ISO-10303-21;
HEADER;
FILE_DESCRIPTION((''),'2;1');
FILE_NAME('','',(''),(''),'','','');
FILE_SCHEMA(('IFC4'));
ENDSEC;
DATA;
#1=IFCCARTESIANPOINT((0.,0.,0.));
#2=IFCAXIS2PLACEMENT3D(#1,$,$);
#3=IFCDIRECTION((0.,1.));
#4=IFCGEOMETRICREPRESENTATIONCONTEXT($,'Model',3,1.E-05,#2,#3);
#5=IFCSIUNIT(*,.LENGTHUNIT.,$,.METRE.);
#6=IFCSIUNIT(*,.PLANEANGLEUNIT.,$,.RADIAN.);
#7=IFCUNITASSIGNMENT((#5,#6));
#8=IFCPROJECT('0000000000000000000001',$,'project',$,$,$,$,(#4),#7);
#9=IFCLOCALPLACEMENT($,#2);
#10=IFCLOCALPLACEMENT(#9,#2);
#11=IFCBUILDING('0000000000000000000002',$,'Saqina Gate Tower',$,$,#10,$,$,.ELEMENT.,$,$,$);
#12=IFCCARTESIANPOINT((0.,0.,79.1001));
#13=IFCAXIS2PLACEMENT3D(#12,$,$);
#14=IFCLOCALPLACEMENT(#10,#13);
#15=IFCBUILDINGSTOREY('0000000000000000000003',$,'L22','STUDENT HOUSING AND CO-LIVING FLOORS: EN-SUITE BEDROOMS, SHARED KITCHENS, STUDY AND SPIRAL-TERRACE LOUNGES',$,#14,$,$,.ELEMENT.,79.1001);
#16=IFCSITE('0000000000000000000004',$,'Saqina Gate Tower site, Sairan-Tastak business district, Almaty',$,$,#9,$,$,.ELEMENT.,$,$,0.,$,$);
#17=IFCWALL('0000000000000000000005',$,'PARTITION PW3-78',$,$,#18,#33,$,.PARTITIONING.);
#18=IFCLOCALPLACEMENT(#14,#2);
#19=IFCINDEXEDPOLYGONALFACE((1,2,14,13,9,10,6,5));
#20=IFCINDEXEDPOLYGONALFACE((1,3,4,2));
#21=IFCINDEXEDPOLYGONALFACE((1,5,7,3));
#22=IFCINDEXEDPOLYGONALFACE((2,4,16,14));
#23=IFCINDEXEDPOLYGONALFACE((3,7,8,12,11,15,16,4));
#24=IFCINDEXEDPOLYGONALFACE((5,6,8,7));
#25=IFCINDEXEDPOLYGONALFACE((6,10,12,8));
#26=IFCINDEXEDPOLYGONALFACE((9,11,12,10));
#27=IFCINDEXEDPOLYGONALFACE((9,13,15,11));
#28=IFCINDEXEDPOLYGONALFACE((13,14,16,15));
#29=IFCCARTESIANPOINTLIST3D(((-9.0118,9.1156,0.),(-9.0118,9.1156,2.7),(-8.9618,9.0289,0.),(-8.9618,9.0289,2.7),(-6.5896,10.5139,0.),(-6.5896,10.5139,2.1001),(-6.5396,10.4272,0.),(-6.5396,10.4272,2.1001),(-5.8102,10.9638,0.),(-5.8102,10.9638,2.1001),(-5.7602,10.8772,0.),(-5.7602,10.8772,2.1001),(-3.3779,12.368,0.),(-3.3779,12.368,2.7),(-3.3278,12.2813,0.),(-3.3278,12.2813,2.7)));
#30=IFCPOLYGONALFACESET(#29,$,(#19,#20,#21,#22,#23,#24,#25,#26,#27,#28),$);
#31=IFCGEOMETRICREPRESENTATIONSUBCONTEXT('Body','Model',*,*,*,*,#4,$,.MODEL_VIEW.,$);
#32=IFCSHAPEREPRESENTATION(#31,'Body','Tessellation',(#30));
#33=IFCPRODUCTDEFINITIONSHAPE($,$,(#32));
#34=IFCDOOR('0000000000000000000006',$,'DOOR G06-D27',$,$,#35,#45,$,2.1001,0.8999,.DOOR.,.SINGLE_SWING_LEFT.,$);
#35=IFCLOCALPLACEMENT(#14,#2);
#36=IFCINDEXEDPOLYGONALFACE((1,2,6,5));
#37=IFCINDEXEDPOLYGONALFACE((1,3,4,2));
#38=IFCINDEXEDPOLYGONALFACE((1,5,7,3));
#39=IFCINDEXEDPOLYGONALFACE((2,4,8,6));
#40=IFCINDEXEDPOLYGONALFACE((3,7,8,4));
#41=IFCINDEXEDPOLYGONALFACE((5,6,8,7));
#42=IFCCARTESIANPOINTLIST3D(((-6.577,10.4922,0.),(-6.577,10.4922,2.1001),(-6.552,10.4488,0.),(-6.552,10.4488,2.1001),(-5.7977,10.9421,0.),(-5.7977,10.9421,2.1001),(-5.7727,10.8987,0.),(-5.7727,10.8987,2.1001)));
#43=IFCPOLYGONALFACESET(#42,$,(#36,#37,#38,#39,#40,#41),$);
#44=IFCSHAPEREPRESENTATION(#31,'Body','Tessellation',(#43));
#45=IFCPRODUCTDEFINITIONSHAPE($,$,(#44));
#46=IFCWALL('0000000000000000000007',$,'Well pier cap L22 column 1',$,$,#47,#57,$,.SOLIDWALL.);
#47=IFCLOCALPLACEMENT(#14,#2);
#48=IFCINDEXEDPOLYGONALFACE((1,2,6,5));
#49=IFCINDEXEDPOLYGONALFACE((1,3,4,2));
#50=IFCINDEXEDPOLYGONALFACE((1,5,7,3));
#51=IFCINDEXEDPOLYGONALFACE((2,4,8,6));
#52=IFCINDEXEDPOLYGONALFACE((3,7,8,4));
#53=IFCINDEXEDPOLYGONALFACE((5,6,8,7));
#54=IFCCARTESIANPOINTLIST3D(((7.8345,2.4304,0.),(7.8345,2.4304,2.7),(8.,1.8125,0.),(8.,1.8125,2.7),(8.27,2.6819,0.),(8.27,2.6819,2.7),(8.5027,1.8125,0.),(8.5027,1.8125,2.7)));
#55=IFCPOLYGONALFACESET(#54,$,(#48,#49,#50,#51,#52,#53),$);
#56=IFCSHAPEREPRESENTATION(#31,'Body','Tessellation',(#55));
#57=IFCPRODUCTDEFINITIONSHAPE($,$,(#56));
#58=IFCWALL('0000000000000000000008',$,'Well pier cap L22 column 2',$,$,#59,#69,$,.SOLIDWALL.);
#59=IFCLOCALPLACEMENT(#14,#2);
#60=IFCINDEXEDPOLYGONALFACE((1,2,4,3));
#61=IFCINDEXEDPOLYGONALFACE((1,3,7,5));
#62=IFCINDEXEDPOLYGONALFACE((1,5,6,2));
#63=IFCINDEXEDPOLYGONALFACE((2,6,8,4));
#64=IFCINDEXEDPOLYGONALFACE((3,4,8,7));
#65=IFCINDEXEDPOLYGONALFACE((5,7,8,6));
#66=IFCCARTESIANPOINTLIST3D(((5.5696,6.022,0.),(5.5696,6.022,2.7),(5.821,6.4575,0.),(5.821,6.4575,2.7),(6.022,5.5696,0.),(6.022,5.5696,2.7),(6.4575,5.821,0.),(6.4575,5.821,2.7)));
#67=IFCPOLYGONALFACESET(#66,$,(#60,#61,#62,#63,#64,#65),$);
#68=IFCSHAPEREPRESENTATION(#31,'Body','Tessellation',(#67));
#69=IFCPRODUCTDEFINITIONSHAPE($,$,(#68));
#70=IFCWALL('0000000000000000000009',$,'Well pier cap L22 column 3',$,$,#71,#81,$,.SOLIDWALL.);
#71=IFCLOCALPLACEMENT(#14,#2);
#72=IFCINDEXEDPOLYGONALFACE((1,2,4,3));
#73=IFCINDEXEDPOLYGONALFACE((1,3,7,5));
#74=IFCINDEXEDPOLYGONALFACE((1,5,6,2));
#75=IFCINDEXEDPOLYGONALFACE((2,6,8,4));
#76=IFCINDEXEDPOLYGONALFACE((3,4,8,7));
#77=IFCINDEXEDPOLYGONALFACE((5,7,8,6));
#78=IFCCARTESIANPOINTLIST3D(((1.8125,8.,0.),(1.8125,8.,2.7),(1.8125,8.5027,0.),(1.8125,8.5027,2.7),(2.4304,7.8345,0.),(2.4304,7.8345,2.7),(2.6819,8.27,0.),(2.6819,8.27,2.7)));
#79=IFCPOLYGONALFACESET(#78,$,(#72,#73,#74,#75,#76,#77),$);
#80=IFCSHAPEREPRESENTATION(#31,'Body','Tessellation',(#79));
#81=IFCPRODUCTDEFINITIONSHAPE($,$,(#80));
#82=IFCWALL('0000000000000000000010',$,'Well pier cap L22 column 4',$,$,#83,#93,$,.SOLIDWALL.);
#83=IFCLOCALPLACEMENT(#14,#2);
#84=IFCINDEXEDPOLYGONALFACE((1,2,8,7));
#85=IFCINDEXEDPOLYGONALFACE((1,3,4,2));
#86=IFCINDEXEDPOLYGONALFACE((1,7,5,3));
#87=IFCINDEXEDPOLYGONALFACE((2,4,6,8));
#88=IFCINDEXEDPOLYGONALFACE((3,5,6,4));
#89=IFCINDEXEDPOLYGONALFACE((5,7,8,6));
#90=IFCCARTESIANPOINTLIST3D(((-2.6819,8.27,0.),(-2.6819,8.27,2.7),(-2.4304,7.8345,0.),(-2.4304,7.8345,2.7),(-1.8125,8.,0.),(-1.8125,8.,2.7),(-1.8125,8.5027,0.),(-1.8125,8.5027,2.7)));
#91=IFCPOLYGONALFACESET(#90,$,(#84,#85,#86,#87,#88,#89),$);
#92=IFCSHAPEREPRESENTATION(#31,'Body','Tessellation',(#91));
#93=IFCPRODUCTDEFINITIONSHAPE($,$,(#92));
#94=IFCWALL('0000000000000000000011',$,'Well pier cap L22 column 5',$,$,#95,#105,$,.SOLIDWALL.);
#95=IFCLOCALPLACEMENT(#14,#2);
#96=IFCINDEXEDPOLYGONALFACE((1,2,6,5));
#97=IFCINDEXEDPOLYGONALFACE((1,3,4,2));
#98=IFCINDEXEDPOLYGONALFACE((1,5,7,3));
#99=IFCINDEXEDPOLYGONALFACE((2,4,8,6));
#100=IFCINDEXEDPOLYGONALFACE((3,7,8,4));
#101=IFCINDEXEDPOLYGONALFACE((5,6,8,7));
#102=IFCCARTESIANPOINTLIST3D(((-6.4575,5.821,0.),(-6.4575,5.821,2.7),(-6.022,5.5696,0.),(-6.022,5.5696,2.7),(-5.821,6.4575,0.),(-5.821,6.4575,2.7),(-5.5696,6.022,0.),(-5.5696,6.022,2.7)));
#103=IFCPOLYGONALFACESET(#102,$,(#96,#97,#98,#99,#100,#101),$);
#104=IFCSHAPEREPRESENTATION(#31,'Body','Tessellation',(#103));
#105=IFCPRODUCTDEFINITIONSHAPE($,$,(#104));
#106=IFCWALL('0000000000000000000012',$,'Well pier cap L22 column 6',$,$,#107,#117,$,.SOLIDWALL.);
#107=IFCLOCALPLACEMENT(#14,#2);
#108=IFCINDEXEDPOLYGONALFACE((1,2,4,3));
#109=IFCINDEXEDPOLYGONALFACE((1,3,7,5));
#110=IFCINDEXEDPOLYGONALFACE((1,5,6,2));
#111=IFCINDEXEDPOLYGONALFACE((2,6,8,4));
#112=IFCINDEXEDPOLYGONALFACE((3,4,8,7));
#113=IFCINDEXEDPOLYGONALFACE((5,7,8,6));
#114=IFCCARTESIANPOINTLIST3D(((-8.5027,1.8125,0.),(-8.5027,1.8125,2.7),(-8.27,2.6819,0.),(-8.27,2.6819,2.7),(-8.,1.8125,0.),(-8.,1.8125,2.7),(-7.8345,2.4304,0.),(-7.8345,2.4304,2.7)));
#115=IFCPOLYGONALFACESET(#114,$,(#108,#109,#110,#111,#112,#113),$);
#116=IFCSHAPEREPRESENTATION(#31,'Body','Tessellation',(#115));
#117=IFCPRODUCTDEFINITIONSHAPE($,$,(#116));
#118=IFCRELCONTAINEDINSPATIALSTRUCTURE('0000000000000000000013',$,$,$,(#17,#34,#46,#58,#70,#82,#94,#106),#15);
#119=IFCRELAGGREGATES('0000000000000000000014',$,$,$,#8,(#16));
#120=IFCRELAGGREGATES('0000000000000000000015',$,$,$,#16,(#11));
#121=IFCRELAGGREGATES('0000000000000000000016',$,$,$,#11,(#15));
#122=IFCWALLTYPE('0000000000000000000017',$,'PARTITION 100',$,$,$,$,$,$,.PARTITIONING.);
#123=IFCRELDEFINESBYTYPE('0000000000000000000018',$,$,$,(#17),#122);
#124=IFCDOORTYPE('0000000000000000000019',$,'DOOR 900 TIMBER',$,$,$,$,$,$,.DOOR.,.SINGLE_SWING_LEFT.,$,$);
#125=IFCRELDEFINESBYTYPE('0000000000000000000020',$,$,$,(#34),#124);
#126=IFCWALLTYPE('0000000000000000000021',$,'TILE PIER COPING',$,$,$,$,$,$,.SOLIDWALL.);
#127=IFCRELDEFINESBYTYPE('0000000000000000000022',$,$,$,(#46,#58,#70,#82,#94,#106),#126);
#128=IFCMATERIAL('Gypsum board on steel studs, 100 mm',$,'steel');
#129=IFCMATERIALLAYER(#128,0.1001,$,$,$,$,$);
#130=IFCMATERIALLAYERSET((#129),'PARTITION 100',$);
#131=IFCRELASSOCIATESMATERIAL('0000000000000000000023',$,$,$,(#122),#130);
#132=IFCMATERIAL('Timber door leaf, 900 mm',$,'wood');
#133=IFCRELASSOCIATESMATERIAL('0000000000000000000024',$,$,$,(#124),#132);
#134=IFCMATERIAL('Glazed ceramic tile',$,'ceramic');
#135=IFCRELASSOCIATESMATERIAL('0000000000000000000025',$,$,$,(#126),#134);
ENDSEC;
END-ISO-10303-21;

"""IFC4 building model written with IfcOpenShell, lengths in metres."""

from ifc_helpers import new_model, si_unit, direction, frame, frame_2d, origin, place, context, subcontext, project, spatial, polyline, rectangle, outline, extrude, material, layer, layer_set, type_object, element, fill, save


model = new_model("IFC4")

# Units and contexts
model_context = context("Model", 3, precision=1e-05, world=origin(), true_north=direction((0.0, 1.0)))
body_context = subcontext(model_context, "Body", "Model", "MODEL_VIEW")
ifc_project = project(units=[si_unit("LENGTHUNIT", "METRE"), si_unit("PLANEANGLEUNIT", "RADIAN")], contexts=[model_context])

# Site, building, storey
site_placement = place(None, origin())
site = spatial("IfcSite", under=ifc_project, at=site_placement, Name="Saqina Gate Tower site, Sairan-Tastak business district, Almaty", CompositionType="ELEMENT", RefElevation=0.0)
building_placement = place(site_placement, origin())
building = spatial("IfcBuilding", under=site, at=building_placement, Name="Saqina Gate Tower", CompositionType="ELEMENT")
storey_placement = place(building_placement, frame((0.0, 0.0, 79.1001)))
storey = spatial("IfcBuildingStorey", under=building, at=storey_placement, Name="L22", Description="STUDENT HOUSING AND CO-LIVING FLOORS: EN-SUITE BEDROOMS, SHARED KITCHENS, STUDY AND SPIRAL-TERRACE LOUNGES", CompositionType="ELEMENT", Elevation=79.1001)

# Shared definitions
ifc_material_1 = material(Name="Gypsum board on steel studs, 100 mm", Category="steel")
ifc_layer_1 = layer(ifc_material_1, 0.1001)
ifc_layer_set_1 = layer_set([ifc_layer_1], Name="PARTITION 100")
wall_type_1 = type_object("IfcWallType", Name="PARTITION 100", PredefinedType="PARTITIONING", material=ifc_layer_set_1)

# Wall, opening, door
ifc_material_2 = material(Name="Timber door leaf, 900 mm", Category="wood")
door_type = type_object("IfcDoorType", Name="DOOR 900 TIMBER", OperationType="SINGLE_SWING_LEFT", PredefinedType="DOOR", material=ifc_material_2)
wall_1_placement = place(storey_placement, frame((-8.9868, 9.0723, 0.0), z_axis=(0.0, 0.0, 1.0), x_axis=(0.86605, 0.499957, 0.0)))
wall_1 = element("IfcWall", 1, at=wall_1_placement, inside=storey, type_object=wall_type_1, Name="PARTITION PW3-78", PredefinedType="PARTITIONING", context=body_context, shape_type="SweptSolid", body=[
    extrude(rectangle(XDim=6.5054, YDim=0.1001, at=frame_2d((3.2527, 0.0))), origin(), (0.0, 0.0, 1.0), 2.7),
])
opening_1_placement = place(wall_1_placement, frame((2.7969, 0.0, 0.0)))
opening_1 = element("IfcOpeningElement", 2, at=opening_1_placement, cuts=wall_1, PredefinedType="OPENING", context=body_context, shape_type="SweptSolid", body=[
    extrude(rectangle(XDim=0.8999, YDim=2.1001, at=frame_2d((0.45, 1.05))), frame((0.0, 0.062, 0.0), z_axis=(0.0, -1.0, 0.0), x_axis=(1.0, 0.0, 0.0)), (0.0, 0.0, 1.0), 0.124),
])
door_1_placement = place(opening_1_placement, origin())
door_1 = element("IfcDoor", 3, at=door_1_placement, inside=storey, type_object=door_type, Name="DOOR G06-D27", OperationType="SINGLE_SWING_LEFT", OverallHeight=2.1001, OverallWidth=0.8999, PredefinedType="DOOR", context=body_context, shape_type="SweptSolid", body=[
    extrude(rectangle(XDim=0.8999, YDim=2.1001, at=frame_2d((0.45, 1.05))), frame((0.0, 0.0249, 0.0), z_axis=(0.0, -1.0, 0.0), x_axis=(1.0, 0.0, 0.0)), (0.0, 0.0, 1.0), 0.05),
])
fill(opening_1, door_1)

# Walls
ifc_material_3 = material(Name="Glazed ceramic tile", Category="ceramic")
wall_type_2 = type_object("IfcWallType", Name="TILE PIER COPING", PredefinedType="SOLIDWALL", material=ifc_material_3)
wall_2_placement = place(storey_placement, origin())
element("IfcWall", 4, at=wall_2_placement, inside=storey, type_object=wall_type_2, Name="Well pier cap L22 column 1", PredefinedType="SOLIDWALL", context=body_context, shape_type="SweptSolid", body=[
    extrude(outline(polyline([(8.27, 2.6819), (7.8345, 2.4304), (8.0, 1.8125), (8.5027, 1.8125), (8.27, 2.6819)])), origin(), (0.0, 0.0, 1.0), 2.7),
])
wall_3_placement = place(storey_placement, origin())
element("IfcWall", 5, at=wall_3_placement, inside=storey, type_object=wall_type_2, Name="Well pier cap L22 column 2", PredefinedType="SOLIDWALL", context=body_context, shape_type="SweptSolid", body=[
    extrude(outline(polyline([(5.821, 6.4575), (5.5696, 6.022), (6.022, 5.5696), (6.4575, 5.821), (5.821, 6.4575)])), origin(), (0.0, 0.0, 1.0), 2.7),
])
wall_4_placement = place(storey_placement, origin())
element("IfcWall", 6, at=wall_4_placement, inside=storey, type_object=wall_type_2, Name="Well pier cap L22 column 3", PredefinedType="SOLIDWALL", context=body_context, shape_type="SweptSolid", body=[
    extrude(outline(polyline([(1.8125, 8.5027), (1.8125, 8.0), (2.4304, 7.8345), (2.6819, 8.27), (1.8125, 8.5027)])), origin(), (0.0, 0.0, 1.0), 2.7),
])
wall_5_placement = place(storey_placement, origin())
element("IfcWall", 7, at=wall_5_placement, inside=storey, type_object=wall_type_2, Name="Well pier cap L22 column 4", PredefinedType="SOLIDWALL", context=body_context, shape_type="SweptSolid", body=[
    extrude(outline(polyline([(-2.6819, 8.27), (-2.4304, 7.8345), (-1.8125, 8.0), (-1.8125, 8.5027), (-2.6819, 8.27)])), origin(), (0.0, 0.0, 1.0), 2.7),
])
wall_6_placement = place(storey_placement, origin())
element("IfcWall", 8, at=wall_6_placement, inside=storey, type_object=wall_type_2, Name="Well pier cap L22 column 5", PredefinedType="SOLIDWALL", context=body_context, shape_type="SweptSolid", body=[
    extrude(outline(polyline([(-6.4575, 5.821), (-6.022, 5.5696), (-5.5696, 6.022), (-5.821, 6.4575), (-6.4575, 5.821)])), origin(), (0.0, 0.0, 1.0), 2.7),
])
wall_7_placement = place(storey_placement, origin())
element("IfcWall", 9, at=wall_7_placement, inside=storey, type_object=wall_type_2, Name="Well pier cap L22 column 6", PredefinedType="SOLIDWALL", context=body_context, shape_type="SweptSolid", body=[
    extrude(outline(polyline([(-8.5027, 1.8125), (-8.0, 1.8125), (-7.8345, 2.4304), (-8.27, 2.6819), (-8.5027, 1.8125)])), origin(), (0.0, 0.0, 1.0), 2.7),
])

save(model, "model.ifc")
